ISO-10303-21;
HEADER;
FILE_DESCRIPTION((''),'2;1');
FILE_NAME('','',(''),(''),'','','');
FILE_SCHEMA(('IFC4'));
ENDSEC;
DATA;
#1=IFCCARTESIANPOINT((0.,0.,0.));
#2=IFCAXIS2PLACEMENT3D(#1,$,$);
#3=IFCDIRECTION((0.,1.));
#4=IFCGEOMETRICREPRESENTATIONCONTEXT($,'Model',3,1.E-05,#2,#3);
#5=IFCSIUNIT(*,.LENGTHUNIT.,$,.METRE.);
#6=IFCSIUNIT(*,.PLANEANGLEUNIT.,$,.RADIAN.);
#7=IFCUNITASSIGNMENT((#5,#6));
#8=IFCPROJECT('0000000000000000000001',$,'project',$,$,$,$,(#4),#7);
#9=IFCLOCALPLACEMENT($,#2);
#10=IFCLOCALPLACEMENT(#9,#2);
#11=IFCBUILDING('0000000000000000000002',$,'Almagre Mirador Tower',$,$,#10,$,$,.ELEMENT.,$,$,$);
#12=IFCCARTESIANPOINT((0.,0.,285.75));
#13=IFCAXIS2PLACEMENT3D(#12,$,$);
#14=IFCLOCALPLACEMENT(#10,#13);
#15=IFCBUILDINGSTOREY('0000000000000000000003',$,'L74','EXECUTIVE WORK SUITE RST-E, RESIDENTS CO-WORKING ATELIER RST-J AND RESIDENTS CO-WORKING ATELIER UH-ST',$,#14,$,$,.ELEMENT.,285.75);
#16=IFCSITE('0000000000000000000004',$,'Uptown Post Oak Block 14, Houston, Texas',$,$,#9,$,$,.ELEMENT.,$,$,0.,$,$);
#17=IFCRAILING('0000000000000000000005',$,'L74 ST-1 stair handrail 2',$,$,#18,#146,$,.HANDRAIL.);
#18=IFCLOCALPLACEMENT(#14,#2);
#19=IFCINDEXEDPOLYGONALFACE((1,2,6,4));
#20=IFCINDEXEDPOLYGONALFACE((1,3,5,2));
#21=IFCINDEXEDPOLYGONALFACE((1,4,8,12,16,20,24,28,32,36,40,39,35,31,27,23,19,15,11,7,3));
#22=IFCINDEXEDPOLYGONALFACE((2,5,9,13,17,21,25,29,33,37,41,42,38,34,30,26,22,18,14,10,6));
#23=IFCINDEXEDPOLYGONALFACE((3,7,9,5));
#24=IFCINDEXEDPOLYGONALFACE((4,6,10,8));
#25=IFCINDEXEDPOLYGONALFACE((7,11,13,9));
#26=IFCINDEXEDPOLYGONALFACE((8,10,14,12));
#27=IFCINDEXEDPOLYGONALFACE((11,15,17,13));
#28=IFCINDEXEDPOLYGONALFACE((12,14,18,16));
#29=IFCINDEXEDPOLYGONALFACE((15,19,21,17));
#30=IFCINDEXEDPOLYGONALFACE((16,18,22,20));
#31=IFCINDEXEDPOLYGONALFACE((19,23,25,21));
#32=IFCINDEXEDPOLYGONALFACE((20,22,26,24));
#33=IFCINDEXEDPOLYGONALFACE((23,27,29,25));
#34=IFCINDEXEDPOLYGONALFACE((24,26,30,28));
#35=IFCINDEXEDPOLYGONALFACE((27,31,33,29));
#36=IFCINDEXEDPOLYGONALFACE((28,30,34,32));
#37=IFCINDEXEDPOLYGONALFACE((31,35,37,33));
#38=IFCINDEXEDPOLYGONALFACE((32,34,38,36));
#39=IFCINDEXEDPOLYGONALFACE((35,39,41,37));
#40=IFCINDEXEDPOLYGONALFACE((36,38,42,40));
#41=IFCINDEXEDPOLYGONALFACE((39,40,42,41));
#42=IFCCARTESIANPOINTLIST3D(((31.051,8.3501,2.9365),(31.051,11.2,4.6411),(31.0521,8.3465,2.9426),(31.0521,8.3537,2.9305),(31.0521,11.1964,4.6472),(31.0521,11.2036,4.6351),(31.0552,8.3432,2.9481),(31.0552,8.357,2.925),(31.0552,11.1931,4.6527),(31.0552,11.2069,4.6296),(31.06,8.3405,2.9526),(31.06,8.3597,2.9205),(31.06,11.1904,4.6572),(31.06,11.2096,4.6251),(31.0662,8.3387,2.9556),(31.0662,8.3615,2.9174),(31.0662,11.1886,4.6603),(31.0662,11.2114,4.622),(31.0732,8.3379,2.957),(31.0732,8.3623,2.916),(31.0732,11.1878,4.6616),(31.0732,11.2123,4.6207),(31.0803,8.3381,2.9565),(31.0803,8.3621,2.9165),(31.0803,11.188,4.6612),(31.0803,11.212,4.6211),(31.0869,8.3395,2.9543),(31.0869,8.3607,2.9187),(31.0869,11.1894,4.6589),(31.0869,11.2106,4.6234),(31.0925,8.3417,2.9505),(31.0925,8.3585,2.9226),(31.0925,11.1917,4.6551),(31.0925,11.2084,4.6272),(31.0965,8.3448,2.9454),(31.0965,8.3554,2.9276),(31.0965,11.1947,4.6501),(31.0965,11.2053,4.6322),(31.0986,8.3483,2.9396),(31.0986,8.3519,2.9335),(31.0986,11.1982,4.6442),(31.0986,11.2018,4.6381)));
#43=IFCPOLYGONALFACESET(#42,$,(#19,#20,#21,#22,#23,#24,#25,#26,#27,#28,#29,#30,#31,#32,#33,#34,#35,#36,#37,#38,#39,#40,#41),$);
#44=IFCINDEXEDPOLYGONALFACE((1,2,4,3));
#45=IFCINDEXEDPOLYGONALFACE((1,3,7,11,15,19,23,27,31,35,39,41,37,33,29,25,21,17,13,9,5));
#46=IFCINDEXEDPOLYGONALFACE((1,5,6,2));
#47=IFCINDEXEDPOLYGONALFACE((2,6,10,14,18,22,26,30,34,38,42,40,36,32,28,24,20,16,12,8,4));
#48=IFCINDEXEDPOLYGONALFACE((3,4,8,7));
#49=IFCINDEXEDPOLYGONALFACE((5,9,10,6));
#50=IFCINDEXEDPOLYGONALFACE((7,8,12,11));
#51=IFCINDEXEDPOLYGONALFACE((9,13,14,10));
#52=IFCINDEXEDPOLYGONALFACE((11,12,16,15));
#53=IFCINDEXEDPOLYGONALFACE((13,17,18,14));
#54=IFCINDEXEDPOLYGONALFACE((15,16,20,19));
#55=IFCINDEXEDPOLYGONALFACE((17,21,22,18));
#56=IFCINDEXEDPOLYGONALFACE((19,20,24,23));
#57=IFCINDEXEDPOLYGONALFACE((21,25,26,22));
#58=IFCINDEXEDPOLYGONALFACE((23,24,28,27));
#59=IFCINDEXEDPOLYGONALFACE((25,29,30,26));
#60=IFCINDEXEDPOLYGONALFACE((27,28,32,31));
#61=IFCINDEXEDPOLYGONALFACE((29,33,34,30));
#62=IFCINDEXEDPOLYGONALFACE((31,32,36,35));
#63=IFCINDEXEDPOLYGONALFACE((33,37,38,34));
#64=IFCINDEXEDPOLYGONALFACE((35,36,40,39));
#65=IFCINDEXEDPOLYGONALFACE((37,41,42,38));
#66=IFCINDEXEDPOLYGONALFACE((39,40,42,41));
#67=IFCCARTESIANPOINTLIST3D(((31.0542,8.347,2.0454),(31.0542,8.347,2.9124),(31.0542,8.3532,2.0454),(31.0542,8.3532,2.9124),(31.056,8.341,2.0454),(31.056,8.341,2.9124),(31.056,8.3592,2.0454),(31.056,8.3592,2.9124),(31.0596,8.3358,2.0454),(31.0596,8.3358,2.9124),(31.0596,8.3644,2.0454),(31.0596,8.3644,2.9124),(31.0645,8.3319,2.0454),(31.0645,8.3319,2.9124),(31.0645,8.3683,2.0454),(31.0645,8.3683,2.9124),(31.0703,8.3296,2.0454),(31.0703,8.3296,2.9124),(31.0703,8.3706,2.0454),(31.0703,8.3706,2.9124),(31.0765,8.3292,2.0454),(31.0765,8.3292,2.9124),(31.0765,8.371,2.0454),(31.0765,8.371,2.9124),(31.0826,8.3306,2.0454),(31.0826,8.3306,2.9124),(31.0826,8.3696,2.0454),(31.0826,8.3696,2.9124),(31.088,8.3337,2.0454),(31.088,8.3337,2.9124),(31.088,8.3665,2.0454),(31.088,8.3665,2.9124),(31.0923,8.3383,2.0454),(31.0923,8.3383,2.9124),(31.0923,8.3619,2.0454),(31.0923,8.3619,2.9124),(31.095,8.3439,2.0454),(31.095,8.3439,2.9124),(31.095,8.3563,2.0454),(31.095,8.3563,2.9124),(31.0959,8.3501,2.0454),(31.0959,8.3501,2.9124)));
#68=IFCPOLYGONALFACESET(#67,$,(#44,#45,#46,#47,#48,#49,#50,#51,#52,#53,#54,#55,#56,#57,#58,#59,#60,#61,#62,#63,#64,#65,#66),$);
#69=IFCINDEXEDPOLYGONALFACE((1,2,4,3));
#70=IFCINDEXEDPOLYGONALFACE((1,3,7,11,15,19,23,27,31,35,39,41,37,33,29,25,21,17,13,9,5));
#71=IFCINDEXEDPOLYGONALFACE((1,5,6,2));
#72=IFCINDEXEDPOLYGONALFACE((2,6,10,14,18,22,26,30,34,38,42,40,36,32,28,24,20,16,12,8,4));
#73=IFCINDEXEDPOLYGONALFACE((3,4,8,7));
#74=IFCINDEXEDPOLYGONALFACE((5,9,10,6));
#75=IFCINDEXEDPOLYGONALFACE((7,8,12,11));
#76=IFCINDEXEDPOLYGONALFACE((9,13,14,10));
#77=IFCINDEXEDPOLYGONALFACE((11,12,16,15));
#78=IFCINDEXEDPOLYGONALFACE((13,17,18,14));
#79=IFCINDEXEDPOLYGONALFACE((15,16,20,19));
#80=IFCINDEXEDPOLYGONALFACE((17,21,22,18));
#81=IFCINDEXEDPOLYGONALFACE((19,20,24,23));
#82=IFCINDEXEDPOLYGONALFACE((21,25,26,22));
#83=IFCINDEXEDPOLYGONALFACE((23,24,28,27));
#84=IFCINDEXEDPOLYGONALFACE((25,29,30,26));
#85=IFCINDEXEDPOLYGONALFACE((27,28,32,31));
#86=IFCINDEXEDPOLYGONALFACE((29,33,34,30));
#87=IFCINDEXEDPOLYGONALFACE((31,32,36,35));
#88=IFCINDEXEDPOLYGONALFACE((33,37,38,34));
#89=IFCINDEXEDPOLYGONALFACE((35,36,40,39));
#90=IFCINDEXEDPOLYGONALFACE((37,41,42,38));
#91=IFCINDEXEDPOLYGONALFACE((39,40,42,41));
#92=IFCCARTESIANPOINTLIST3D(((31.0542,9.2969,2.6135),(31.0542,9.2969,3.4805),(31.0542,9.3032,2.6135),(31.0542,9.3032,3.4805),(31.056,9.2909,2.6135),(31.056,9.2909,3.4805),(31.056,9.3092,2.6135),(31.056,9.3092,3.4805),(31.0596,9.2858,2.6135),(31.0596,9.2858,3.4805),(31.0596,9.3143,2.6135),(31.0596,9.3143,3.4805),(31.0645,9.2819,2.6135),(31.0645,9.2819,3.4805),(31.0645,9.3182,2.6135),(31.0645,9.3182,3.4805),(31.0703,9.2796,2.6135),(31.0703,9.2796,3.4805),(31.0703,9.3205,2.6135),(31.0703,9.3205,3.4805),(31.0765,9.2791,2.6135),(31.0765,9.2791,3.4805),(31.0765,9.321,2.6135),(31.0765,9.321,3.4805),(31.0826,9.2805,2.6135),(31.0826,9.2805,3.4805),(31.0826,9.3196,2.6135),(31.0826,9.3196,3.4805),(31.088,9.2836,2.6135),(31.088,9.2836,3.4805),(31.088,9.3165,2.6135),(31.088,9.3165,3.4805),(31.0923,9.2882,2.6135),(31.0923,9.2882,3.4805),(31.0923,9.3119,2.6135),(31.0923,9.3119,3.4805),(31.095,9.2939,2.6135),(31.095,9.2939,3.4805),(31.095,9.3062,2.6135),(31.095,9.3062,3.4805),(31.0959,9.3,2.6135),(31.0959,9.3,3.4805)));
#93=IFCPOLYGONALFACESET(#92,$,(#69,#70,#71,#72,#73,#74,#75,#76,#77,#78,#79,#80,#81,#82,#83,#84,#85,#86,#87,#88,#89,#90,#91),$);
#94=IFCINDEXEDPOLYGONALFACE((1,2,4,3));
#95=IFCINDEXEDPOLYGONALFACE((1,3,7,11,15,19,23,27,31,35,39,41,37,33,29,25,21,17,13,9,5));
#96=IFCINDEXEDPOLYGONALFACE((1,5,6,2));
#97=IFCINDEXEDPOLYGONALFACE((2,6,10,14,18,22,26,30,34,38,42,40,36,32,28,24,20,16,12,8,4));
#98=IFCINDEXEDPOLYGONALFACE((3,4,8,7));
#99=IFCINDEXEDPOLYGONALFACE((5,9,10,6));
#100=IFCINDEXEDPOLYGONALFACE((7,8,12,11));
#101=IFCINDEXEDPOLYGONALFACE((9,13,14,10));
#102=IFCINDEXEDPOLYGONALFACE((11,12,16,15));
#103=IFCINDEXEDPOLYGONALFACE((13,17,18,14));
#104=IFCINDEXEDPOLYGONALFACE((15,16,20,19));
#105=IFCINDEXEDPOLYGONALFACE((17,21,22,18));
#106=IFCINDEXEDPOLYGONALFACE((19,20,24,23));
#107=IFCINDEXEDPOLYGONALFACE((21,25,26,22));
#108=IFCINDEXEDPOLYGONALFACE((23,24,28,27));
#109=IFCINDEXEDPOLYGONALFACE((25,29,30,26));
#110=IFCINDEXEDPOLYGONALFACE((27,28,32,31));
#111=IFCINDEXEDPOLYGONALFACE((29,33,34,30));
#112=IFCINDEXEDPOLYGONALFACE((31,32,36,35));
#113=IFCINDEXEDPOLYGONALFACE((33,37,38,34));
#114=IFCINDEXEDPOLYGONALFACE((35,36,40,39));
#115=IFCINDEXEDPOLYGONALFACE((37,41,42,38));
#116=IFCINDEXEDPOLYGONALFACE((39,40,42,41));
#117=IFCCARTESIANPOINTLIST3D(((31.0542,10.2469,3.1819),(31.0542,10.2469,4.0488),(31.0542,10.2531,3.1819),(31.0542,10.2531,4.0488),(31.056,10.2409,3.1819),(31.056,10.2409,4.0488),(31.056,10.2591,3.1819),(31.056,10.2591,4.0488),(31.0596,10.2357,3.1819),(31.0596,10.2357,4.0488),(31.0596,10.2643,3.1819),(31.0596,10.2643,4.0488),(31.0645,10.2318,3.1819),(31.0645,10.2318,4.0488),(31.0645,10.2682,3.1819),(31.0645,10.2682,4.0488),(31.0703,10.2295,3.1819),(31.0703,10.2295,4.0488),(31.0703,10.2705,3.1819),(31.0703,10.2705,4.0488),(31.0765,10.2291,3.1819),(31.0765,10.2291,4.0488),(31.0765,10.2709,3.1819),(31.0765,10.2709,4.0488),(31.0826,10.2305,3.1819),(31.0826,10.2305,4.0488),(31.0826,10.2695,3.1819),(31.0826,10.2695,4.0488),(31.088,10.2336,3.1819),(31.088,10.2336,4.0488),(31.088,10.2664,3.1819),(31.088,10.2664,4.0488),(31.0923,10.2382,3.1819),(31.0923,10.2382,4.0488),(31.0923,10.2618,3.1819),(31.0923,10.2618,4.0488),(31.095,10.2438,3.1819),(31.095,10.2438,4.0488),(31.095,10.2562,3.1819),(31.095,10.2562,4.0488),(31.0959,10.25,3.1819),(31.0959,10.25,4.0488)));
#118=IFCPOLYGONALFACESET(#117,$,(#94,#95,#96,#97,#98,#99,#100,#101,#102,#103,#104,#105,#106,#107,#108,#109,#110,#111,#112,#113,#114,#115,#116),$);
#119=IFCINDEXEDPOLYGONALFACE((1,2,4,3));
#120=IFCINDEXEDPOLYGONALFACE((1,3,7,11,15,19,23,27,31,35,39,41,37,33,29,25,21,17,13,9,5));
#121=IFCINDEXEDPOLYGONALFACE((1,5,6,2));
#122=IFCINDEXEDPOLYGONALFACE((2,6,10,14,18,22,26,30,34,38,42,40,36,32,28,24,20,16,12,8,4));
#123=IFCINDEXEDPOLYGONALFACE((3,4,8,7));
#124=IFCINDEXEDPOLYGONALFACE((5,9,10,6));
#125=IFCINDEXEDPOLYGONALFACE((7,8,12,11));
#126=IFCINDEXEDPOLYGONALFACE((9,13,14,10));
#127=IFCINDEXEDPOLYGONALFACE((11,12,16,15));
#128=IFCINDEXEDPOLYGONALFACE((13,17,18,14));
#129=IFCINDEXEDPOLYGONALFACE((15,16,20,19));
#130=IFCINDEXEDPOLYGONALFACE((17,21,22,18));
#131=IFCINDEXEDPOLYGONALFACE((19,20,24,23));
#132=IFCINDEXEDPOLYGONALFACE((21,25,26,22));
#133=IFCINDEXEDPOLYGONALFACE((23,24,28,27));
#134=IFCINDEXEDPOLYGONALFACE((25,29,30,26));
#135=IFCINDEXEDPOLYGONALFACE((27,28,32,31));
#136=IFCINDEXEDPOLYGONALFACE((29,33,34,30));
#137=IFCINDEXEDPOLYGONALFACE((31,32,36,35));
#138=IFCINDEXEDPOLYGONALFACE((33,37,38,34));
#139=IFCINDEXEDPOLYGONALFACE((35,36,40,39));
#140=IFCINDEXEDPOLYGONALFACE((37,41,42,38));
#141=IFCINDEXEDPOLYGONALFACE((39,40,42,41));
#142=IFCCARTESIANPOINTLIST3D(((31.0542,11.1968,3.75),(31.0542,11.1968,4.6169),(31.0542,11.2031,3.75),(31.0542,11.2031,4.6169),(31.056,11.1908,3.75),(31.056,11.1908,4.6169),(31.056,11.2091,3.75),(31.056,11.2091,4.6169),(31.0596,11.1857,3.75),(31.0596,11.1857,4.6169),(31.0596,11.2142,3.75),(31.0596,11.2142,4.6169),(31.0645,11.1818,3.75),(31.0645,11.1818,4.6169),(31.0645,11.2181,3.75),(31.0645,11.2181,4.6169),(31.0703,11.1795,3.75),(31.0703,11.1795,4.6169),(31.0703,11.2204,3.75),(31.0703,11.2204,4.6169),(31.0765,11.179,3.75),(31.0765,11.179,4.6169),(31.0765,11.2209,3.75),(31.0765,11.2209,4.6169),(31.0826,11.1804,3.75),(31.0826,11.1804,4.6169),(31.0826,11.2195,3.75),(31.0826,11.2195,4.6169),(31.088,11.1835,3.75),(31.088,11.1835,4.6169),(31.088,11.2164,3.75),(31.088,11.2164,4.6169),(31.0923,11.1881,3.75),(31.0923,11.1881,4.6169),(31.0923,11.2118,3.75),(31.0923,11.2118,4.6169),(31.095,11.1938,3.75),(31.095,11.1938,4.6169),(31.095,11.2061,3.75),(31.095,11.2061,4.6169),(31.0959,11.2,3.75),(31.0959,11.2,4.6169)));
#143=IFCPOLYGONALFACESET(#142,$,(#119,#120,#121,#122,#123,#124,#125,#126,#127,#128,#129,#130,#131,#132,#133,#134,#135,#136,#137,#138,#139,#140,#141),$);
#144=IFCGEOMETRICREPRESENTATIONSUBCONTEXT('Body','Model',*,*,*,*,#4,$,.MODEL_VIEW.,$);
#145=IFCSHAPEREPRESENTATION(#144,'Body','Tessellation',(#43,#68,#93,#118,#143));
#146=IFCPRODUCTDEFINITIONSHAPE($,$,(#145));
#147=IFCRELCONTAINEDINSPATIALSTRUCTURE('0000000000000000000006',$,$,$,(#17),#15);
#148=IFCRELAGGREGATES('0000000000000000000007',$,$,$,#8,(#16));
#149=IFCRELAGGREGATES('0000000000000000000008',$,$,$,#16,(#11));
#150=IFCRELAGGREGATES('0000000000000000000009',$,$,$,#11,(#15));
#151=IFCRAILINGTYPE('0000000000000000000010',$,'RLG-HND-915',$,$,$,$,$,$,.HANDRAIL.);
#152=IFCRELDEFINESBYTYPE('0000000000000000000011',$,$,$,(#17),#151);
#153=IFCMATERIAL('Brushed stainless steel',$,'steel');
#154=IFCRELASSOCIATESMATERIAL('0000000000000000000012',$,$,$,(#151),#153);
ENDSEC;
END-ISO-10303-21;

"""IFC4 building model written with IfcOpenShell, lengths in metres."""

from ifc_helpers import new_model, si_unit, direction, frame, origin, origin_2d, place, context, subcontext, project, spatial, circle, extrude, material, type_object, element, save


model = new_model("IFC4")

# Units and contexts
model_context = context("Model", 3, precision=1e-05, world=origin(), true_north=direction((0.0, 1.0)))
body_context = subcontext(model_context, "Body", "Model", "MODEL_VIEW")
ifc_project = project(units=[si_unit("LENGTHUNIT", "METRE"), si_unit("PLANEANGLEUNIT", "RADIAN")], contexts=[model_context])

# Site, building, storey
site_placement = place(None, origin())
site = spatial("IfcSite", under=ifc_project, at=site_placement, Name="Uptown Post Oak Block 14, Houston, Texas", CompositionType="ELEMENT", RefElevation=0.0)
building_placement = place(site_placement, origin())
building = spatial("IfcBuilding", under=site, at=building_placement, Name="Almagre Mirador Tower", CompositionType="ELEMENT")
storey_placement = place(building_placement, frame((0.0, 0.0, 285.75)))
storey = spatial("IfcBuildingStorey", under=building, at=storey_placement, Name="L74", Description="EXECUTIVE WORK SUITE RST-E, RESIDENTS CO-WORKING ATELIER RST-J AND RESIDENTS CO-WORKING ATELIER UH-ST", CompositionType="ELEMENT", Elevation=285.75)

# Railing
ifc_material_1 = material(Name="Brushed stainless steel", Category="steel")
railing_type_1 = type_object("IfcRailingType", Name="RLG-HND-915", PredefinedType="HANDRAIL", material=ifc_material_1)
railing_1_placement = place(storey_placement, frame((31.075, 8.3501, 2.0454)))
element("IfcRailing", 1, at=railing_1_placement, inside=storey, type_object=railing_type_1, Name="L74 ST-1 stair handrail 2", PredefinedType="HANDRAIL", context=body_context, shape_type="SweptSolid", body=[
    extrude(circle(Radius=0.0239, at=origin_2d()), frame((0.0, 0.0, 0.8911), z_axis=(0.0, 0.858199, 0.513317), x_axis=(-1.0, 0.0, 0.0)), (0.0, 0.0, 1.0), 3.3208),
    extrude(circle(Radius=0.021, at=origin_2d()), origin(), (0.0, 0.0, 1.0), 0.8669),
    extrude(circle(Radius=0.021, at=origin_2d()), frame((0.0, 0.95, 0.5681)), (0.0, 0.0, 1.0), 0.8669),
    extrude(circle(Radius=0.021, at=origin_2d()), frame((0.0, 1.8999, 1.1365)), (0.0, 0.0, 1.0), 0.8669),
    extrude(circle(Radius=0.021, at=origin_2d()), frame((0.0, 2.8499, 1.7046)), (0.0, 0.0, 1.0), 0.8669),
])

save(model, "model.ifc")
